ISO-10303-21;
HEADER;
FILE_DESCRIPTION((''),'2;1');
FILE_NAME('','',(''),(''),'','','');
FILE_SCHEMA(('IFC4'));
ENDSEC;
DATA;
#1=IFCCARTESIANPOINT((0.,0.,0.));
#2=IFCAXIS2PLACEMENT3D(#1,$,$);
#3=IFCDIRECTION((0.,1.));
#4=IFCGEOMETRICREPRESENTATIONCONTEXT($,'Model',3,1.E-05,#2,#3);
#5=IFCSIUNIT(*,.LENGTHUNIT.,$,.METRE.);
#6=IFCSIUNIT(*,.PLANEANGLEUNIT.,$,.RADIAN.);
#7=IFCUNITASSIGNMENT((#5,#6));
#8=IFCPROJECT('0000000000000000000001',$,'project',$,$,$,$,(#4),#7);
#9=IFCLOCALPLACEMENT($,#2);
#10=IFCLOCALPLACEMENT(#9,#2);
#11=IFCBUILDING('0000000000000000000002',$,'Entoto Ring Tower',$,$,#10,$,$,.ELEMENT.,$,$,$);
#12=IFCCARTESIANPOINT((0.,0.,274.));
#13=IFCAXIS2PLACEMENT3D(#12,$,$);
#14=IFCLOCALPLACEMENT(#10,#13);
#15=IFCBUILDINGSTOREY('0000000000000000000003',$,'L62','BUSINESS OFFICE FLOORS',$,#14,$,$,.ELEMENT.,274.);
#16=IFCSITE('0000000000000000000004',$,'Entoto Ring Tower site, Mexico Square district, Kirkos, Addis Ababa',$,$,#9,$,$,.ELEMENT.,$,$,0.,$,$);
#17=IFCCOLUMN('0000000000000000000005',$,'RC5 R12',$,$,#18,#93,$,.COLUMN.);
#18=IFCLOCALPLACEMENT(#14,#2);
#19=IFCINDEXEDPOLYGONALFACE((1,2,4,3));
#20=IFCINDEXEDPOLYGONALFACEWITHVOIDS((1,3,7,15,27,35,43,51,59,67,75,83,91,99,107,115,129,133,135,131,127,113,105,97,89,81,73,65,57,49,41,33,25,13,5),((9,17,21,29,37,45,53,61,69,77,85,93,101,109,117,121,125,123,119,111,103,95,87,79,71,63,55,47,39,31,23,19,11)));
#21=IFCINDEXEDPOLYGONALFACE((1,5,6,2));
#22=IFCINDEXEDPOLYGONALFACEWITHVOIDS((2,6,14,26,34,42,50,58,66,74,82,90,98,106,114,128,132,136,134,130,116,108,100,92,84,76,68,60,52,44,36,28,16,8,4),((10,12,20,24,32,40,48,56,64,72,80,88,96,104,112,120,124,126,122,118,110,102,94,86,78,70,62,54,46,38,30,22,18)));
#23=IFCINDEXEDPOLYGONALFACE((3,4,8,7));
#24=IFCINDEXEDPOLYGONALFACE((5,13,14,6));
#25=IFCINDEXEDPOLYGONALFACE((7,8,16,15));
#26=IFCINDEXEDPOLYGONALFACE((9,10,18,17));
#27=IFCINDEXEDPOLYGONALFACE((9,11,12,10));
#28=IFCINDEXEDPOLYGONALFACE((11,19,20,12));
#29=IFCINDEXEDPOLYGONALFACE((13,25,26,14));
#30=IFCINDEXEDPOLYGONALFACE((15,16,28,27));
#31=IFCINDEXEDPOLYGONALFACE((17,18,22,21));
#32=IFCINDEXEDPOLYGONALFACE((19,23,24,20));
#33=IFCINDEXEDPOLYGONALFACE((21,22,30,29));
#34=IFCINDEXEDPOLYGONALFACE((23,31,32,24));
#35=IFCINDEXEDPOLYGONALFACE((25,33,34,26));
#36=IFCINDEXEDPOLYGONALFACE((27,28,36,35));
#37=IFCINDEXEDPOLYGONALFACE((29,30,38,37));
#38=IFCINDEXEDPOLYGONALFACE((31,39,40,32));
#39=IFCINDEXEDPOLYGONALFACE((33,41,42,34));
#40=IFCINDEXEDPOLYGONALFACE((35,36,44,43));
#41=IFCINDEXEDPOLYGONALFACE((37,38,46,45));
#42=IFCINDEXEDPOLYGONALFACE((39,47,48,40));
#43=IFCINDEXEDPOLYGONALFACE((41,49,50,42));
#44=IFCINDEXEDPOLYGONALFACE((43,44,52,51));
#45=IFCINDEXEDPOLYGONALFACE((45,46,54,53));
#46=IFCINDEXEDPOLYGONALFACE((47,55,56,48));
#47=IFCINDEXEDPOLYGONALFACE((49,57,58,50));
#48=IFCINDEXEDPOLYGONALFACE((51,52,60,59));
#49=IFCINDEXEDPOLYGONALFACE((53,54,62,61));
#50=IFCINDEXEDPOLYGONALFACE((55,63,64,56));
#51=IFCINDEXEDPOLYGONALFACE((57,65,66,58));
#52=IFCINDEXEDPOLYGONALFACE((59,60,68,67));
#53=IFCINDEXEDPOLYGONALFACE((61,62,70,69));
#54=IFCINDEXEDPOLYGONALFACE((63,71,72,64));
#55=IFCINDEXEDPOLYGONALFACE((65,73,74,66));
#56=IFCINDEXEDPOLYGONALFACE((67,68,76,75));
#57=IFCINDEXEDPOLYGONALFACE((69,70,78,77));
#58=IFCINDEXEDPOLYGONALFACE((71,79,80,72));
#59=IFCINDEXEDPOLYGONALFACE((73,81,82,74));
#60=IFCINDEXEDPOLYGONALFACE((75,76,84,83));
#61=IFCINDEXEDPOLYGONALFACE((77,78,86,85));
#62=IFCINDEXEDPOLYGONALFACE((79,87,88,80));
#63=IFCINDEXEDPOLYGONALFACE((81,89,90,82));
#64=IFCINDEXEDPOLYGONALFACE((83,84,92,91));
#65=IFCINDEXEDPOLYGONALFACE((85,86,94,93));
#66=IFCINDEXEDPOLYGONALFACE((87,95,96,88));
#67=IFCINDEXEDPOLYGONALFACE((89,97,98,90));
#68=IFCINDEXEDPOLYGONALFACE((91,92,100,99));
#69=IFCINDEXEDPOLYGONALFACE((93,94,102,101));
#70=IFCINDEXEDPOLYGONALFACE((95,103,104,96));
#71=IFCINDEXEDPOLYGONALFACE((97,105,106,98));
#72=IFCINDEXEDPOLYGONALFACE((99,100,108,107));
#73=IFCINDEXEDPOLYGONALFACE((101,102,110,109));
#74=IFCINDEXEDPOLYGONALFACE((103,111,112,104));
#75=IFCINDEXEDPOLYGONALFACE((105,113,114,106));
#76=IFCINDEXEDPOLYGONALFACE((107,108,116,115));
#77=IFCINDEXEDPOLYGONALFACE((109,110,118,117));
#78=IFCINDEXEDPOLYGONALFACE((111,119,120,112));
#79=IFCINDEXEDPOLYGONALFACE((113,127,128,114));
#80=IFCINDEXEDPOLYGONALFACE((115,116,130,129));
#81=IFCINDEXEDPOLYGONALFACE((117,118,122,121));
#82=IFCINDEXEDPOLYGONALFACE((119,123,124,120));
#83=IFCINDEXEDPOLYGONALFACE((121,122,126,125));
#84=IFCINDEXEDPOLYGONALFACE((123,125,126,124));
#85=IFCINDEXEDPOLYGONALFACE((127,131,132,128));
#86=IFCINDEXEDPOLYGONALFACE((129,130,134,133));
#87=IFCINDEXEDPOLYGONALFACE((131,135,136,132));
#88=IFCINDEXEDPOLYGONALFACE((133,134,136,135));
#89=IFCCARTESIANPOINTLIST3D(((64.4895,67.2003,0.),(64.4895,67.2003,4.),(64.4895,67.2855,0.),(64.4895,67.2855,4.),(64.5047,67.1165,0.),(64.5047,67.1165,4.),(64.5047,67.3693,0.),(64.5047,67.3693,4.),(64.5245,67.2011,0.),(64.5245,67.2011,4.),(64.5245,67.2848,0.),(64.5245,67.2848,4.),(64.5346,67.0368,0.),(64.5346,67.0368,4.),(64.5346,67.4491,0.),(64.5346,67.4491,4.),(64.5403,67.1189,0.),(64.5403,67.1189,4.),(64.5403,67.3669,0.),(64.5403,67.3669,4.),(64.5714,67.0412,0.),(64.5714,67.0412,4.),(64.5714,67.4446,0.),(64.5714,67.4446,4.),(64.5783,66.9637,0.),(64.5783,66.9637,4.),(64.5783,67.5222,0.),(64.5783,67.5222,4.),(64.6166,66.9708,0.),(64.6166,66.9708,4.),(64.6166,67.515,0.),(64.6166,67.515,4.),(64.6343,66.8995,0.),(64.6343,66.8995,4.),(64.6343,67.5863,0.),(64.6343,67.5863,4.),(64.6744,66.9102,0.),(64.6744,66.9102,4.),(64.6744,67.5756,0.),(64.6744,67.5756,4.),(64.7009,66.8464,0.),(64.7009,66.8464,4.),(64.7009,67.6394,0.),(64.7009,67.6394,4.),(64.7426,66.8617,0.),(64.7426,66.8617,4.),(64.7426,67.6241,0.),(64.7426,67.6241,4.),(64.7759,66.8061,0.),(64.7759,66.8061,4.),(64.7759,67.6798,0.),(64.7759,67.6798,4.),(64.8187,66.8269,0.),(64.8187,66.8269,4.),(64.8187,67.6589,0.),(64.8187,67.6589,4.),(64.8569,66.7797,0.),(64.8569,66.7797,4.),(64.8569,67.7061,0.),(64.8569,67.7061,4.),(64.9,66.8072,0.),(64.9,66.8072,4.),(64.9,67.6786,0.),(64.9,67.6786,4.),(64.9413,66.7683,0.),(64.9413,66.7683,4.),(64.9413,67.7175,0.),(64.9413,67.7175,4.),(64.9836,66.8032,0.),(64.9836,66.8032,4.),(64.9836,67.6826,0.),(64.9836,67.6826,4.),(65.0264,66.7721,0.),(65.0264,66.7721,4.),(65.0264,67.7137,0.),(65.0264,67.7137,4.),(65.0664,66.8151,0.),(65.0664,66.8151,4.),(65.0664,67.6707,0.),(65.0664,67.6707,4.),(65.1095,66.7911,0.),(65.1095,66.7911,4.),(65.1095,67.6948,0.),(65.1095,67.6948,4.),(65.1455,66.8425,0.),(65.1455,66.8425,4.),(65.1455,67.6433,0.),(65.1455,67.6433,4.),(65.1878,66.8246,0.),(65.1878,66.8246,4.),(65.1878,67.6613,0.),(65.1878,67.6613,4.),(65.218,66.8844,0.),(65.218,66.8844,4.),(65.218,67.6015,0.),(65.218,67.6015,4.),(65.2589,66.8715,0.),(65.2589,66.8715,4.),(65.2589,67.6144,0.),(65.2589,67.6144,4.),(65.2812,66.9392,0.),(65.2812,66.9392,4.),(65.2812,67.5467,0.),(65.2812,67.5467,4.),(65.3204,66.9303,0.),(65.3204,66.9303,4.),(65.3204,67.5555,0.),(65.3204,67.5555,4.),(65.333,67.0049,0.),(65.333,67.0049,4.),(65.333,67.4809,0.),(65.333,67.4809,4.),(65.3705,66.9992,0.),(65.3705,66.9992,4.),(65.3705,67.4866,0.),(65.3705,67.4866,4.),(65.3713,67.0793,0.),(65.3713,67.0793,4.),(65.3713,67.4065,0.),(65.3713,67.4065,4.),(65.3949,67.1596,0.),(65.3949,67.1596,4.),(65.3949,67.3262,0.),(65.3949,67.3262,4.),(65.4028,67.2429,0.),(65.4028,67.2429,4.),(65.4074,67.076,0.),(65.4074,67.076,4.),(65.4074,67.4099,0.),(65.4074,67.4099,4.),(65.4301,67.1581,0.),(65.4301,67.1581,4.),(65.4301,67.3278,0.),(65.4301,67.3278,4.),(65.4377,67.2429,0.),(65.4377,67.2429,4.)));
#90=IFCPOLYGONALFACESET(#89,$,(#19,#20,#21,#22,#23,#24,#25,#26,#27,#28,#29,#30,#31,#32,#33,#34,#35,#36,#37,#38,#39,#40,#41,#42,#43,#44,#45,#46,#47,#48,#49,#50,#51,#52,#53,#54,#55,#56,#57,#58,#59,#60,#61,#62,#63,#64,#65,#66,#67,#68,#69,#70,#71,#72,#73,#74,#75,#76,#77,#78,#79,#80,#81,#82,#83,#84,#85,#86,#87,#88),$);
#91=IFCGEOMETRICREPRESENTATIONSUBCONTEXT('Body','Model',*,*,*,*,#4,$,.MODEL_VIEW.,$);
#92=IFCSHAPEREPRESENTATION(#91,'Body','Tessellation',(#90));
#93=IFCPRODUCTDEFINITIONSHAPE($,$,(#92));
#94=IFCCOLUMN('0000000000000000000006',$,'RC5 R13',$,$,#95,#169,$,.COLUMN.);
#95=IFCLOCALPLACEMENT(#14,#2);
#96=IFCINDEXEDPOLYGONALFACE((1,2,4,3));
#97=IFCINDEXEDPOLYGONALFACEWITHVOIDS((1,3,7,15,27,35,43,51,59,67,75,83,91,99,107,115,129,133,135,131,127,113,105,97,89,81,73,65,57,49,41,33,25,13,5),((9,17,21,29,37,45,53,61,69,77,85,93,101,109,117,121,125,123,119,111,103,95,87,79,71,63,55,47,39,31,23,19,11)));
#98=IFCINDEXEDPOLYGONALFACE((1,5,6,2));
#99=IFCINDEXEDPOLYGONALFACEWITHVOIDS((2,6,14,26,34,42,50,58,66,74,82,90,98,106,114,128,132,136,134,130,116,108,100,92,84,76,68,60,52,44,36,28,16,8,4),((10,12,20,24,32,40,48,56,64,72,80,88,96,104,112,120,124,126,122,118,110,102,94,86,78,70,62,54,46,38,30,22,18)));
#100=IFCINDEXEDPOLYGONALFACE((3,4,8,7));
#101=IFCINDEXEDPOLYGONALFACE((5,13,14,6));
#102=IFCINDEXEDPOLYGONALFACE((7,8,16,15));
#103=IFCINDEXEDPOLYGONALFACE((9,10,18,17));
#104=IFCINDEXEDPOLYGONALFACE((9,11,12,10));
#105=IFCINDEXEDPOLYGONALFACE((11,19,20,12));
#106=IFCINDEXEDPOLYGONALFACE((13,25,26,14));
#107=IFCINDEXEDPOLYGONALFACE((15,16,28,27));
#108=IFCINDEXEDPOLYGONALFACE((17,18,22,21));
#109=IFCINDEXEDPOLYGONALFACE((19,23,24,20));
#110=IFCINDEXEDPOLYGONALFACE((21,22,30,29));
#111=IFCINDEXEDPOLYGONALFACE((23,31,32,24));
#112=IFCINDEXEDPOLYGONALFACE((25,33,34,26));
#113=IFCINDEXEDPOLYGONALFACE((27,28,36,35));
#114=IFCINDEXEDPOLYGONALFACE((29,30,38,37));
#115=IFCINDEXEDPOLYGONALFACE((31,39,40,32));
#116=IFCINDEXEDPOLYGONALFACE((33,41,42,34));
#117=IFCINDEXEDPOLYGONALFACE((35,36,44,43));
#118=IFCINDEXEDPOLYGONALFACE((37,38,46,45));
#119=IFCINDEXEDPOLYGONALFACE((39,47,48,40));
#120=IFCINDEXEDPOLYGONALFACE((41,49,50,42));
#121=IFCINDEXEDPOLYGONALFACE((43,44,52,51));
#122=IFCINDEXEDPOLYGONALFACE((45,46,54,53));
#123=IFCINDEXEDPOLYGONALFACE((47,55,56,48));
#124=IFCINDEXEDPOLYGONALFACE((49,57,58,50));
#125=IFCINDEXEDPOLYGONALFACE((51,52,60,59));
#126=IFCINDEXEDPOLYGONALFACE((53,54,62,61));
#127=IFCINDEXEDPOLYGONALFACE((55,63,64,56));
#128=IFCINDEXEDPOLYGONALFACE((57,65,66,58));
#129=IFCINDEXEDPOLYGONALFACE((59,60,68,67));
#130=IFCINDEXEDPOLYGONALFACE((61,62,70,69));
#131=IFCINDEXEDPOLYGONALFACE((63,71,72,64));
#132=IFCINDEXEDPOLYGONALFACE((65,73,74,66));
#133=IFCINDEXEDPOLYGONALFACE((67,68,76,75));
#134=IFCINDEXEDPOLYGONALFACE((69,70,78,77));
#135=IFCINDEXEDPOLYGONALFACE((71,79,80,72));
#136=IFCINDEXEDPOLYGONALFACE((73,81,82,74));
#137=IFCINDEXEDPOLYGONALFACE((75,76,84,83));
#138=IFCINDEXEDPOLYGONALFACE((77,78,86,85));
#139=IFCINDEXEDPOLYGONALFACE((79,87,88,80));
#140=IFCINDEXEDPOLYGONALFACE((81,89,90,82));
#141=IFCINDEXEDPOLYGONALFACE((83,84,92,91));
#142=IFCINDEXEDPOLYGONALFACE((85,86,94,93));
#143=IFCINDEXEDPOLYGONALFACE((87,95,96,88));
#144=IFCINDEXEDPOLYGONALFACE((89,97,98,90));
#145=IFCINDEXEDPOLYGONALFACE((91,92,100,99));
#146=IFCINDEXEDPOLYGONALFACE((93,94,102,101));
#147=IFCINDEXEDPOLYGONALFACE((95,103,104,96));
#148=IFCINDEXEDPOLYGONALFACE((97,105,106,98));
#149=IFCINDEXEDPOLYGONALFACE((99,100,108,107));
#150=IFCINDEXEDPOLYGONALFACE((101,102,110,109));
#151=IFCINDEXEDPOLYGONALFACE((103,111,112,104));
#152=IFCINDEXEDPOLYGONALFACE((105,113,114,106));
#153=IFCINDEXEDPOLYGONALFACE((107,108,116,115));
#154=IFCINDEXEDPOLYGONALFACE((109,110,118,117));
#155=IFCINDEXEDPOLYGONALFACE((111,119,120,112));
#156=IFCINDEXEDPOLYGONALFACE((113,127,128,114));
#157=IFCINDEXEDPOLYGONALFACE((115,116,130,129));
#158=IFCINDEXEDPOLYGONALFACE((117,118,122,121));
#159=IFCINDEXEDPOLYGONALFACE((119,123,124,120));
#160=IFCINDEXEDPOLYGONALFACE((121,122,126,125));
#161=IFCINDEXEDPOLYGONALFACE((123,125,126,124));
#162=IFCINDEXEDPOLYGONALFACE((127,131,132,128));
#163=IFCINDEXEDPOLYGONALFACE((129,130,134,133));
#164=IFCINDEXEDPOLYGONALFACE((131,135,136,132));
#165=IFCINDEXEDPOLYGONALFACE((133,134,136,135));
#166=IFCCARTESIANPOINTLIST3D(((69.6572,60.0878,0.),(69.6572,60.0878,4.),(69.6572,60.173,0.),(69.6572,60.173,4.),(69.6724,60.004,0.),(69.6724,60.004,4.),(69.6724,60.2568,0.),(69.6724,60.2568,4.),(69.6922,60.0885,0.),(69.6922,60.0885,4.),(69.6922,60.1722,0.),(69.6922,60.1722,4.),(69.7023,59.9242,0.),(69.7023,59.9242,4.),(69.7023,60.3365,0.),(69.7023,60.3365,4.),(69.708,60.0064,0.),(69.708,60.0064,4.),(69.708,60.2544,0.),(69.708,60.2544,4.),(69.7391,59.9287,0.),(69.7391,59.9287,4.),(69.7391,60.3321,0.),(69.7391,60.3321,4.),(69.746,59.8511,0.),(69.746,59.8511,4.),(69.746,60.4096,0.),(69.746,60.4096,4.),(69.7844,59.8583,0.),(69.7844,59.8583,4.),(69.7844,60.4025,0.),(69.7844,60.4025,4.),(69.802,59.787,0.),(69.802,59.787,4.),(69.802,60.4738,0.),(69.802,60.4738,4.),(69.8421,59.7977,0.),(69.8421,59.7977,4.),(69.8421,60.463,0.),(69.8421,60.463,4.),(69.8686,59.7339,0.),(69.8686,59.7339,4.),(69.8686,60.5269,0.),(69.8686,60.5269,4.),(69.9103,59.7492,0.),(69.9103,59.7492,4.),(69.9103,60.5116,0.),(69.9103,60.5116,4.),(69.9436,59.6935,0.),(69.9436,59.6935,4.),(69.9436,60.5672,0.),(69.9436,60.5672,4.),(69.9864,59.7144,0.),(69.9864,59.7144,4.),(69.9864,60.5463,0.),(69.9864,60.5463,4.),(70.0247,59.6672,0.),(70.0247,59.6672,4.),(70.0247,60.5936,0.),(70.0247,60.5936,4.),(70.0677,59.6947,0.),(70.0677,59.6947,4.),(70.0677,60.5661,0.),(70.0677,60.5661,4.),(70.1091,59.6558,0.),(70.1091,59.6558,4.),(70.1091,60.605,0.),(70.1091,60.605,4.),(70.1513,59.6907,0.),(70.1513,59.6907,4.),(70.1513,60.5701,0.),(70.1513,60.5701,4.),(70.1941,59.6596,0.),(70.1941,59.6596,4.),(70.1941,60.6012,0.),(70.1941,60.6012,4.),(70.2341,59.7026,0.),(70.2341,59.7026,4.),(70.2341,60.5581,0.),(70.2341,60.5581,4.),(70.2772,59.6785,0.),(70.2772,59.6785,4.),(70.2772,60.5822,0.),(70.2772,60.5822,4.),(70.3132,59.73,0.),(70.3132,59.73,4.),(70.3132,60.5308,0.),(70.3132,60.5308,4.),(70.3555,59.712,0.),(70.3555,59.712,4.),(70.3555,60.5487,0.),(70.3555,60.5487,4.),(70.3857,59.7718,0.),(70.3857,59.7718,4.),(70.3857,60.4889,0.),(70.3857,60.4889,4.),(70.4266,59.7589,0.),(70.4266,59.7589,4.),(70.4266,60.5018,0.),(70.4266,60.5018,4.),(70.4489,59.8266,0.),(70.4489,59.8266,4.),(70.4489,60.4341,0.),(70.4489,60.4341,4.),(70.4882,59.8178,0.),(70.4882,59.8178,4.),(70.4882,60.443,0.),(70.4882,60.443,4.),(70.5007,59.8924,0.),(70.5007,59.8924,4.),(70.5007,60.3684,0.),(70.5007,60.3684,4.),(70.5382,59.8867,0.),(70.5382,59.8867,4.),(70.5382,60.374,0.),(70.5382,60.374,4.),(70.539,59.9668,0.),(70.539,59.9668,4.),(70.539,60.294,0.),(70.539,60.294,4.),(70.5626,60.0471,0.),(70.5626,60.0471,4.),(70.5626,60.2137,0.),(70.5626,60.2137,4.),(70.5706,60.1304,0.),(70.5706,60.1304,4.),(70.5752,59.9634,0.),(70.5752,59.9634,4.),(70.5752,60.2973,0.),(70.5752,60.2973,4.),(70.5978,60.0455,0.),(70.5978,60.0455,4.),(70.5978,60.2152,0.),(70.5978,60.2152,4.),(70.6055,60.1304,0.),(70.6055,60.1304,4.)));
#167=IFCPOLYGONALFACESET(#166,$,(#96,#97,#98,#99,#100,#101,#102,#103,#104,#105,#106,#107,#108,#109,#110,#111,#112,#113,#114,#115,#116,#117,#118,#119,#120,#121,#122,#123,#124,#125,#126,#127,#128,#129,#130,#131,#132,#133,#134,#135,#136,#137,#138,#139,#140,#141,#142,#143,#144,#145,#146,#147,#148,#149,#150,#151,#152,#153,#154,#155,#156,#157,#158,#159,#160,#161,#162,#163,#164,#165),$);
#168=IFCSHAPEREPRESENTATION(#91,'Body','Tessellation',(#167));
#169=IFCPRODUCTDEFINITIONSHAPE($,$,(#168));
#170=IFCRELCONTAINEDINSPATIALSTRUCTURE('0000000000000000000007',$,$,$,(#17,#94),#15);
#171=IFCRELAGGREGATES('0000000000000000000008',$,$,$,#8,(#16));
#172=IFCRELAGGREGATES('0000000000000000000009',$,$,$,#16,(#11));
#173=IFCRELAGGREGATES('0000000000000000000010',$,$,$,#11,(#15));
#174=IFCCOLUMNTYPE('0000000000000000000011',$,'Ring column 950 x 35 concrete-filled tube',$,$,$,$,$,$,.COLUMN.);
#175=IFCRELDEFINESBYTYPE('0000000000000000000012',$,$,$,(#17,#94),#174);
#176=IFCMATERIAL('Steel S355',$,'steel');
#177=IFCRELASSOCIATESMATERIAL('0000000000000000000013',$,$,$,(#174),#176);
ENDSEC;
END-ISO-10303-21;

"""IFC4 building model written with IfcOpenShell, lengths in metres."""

from ifc_helpers import new_model, si_unit, direction, frame, origin, origin_2d, place, context, subcontext, project, spatial, circle, hollow_circle, extrude, material, material_profile, profile_set, type_object, element, save


model = new_model("IFC4")

# Units and contexts
model_context = context("Model", 3, precision=1e-05, world=origin(), true_north=direction((0.0, 1.0)))
body_context = subcontext(model_context, "Body", "Model", "MODEL_VIEW")
ifc_project = project(units=[si_unit("LENGTHUNIT", "METRE"), si_unit("PLANEANGLEUNIT", "RADIAN")], contexts=[model_context])

# Site, building, storey
site_placement = place(None, origin())
site = spatial("IfcSite", under=ifc_project, at=site_placement, Name="Entoto Ring Tower site, Mexico Square district, Kirkos, Addis Ababa", CompositionType="ELEMENT", RefElevation=0.0)
building_placement = place(site_placement, origin())
building = spatial("IfcBuilding", under=site, at=building_placement, Name="Entoto Ring Tower", CompositionType="ELEMENT")
storey_placement = place(building_placement, frame((0.0, 0.0, 274.0)))
storey = spatial("IfcBuildingStorey", under=building, at=storey_placement, Name="L62", Description="BUSINESS OFFICE FLOORS", CompositionType="ELEMENT", Elevation=274.0)

# Columns
ifc_material_1 = material(Name="Steel S355", Category="steel")
ifc_material_profile_1 = material_profile(ifc_material_1, hollow_circle(Radius=0.4751, WallThickness=0.0349, at=origin_2d()), Name="CHS 950 x 35")
ifc_material_2 = material(Name="Concrete C60/75", Category="concrete")
ifc_material_profile_2 = material_profile(ifc_material_2, circle(Radius=0.4399, at=origin_2d()), Name="Concrete C60/75 infill")
ifc_profile_set_1 = profile_set([ifc_material_profile_1, ifc_material_profile_2], Name="Steel S355")
column_type = type_object("IfcColumnType", Name="Ring column 950 x 35 concrete-filled tube", PredefinedType="COLUMN", material=ifc_profile_set_1)
for number, where, z_axis, x_axis, name in (
    (1, (64.9626, 67.2429, 0.0), (0.0, 0.0, 1.0), (1.0, 0.0, 0.0), "RC5 R12"),
    (2, (70.1304, 60.1304, 0.0), (0.0, 0.0, 1.0), (1.0, 0.0, 0.0), "RC5 R13"),
):
    element("IfcColumn", number, at=place(storey_placement, frame(where, z_axis=z_axis, x_axis=x_axis)), inside=storey, type_object=column_type, Name=name, PredefinedType="COLUMN", context=body_context, shape_type="SweptSolid", body=[
        extrude(hollow_circle(Radius=0.4751, WallThickness=0.0349, at=origin_2d()), origin(), (0.0, 0.0, 1.0), 4.0),
    ])

save(model, "model.ifc")
